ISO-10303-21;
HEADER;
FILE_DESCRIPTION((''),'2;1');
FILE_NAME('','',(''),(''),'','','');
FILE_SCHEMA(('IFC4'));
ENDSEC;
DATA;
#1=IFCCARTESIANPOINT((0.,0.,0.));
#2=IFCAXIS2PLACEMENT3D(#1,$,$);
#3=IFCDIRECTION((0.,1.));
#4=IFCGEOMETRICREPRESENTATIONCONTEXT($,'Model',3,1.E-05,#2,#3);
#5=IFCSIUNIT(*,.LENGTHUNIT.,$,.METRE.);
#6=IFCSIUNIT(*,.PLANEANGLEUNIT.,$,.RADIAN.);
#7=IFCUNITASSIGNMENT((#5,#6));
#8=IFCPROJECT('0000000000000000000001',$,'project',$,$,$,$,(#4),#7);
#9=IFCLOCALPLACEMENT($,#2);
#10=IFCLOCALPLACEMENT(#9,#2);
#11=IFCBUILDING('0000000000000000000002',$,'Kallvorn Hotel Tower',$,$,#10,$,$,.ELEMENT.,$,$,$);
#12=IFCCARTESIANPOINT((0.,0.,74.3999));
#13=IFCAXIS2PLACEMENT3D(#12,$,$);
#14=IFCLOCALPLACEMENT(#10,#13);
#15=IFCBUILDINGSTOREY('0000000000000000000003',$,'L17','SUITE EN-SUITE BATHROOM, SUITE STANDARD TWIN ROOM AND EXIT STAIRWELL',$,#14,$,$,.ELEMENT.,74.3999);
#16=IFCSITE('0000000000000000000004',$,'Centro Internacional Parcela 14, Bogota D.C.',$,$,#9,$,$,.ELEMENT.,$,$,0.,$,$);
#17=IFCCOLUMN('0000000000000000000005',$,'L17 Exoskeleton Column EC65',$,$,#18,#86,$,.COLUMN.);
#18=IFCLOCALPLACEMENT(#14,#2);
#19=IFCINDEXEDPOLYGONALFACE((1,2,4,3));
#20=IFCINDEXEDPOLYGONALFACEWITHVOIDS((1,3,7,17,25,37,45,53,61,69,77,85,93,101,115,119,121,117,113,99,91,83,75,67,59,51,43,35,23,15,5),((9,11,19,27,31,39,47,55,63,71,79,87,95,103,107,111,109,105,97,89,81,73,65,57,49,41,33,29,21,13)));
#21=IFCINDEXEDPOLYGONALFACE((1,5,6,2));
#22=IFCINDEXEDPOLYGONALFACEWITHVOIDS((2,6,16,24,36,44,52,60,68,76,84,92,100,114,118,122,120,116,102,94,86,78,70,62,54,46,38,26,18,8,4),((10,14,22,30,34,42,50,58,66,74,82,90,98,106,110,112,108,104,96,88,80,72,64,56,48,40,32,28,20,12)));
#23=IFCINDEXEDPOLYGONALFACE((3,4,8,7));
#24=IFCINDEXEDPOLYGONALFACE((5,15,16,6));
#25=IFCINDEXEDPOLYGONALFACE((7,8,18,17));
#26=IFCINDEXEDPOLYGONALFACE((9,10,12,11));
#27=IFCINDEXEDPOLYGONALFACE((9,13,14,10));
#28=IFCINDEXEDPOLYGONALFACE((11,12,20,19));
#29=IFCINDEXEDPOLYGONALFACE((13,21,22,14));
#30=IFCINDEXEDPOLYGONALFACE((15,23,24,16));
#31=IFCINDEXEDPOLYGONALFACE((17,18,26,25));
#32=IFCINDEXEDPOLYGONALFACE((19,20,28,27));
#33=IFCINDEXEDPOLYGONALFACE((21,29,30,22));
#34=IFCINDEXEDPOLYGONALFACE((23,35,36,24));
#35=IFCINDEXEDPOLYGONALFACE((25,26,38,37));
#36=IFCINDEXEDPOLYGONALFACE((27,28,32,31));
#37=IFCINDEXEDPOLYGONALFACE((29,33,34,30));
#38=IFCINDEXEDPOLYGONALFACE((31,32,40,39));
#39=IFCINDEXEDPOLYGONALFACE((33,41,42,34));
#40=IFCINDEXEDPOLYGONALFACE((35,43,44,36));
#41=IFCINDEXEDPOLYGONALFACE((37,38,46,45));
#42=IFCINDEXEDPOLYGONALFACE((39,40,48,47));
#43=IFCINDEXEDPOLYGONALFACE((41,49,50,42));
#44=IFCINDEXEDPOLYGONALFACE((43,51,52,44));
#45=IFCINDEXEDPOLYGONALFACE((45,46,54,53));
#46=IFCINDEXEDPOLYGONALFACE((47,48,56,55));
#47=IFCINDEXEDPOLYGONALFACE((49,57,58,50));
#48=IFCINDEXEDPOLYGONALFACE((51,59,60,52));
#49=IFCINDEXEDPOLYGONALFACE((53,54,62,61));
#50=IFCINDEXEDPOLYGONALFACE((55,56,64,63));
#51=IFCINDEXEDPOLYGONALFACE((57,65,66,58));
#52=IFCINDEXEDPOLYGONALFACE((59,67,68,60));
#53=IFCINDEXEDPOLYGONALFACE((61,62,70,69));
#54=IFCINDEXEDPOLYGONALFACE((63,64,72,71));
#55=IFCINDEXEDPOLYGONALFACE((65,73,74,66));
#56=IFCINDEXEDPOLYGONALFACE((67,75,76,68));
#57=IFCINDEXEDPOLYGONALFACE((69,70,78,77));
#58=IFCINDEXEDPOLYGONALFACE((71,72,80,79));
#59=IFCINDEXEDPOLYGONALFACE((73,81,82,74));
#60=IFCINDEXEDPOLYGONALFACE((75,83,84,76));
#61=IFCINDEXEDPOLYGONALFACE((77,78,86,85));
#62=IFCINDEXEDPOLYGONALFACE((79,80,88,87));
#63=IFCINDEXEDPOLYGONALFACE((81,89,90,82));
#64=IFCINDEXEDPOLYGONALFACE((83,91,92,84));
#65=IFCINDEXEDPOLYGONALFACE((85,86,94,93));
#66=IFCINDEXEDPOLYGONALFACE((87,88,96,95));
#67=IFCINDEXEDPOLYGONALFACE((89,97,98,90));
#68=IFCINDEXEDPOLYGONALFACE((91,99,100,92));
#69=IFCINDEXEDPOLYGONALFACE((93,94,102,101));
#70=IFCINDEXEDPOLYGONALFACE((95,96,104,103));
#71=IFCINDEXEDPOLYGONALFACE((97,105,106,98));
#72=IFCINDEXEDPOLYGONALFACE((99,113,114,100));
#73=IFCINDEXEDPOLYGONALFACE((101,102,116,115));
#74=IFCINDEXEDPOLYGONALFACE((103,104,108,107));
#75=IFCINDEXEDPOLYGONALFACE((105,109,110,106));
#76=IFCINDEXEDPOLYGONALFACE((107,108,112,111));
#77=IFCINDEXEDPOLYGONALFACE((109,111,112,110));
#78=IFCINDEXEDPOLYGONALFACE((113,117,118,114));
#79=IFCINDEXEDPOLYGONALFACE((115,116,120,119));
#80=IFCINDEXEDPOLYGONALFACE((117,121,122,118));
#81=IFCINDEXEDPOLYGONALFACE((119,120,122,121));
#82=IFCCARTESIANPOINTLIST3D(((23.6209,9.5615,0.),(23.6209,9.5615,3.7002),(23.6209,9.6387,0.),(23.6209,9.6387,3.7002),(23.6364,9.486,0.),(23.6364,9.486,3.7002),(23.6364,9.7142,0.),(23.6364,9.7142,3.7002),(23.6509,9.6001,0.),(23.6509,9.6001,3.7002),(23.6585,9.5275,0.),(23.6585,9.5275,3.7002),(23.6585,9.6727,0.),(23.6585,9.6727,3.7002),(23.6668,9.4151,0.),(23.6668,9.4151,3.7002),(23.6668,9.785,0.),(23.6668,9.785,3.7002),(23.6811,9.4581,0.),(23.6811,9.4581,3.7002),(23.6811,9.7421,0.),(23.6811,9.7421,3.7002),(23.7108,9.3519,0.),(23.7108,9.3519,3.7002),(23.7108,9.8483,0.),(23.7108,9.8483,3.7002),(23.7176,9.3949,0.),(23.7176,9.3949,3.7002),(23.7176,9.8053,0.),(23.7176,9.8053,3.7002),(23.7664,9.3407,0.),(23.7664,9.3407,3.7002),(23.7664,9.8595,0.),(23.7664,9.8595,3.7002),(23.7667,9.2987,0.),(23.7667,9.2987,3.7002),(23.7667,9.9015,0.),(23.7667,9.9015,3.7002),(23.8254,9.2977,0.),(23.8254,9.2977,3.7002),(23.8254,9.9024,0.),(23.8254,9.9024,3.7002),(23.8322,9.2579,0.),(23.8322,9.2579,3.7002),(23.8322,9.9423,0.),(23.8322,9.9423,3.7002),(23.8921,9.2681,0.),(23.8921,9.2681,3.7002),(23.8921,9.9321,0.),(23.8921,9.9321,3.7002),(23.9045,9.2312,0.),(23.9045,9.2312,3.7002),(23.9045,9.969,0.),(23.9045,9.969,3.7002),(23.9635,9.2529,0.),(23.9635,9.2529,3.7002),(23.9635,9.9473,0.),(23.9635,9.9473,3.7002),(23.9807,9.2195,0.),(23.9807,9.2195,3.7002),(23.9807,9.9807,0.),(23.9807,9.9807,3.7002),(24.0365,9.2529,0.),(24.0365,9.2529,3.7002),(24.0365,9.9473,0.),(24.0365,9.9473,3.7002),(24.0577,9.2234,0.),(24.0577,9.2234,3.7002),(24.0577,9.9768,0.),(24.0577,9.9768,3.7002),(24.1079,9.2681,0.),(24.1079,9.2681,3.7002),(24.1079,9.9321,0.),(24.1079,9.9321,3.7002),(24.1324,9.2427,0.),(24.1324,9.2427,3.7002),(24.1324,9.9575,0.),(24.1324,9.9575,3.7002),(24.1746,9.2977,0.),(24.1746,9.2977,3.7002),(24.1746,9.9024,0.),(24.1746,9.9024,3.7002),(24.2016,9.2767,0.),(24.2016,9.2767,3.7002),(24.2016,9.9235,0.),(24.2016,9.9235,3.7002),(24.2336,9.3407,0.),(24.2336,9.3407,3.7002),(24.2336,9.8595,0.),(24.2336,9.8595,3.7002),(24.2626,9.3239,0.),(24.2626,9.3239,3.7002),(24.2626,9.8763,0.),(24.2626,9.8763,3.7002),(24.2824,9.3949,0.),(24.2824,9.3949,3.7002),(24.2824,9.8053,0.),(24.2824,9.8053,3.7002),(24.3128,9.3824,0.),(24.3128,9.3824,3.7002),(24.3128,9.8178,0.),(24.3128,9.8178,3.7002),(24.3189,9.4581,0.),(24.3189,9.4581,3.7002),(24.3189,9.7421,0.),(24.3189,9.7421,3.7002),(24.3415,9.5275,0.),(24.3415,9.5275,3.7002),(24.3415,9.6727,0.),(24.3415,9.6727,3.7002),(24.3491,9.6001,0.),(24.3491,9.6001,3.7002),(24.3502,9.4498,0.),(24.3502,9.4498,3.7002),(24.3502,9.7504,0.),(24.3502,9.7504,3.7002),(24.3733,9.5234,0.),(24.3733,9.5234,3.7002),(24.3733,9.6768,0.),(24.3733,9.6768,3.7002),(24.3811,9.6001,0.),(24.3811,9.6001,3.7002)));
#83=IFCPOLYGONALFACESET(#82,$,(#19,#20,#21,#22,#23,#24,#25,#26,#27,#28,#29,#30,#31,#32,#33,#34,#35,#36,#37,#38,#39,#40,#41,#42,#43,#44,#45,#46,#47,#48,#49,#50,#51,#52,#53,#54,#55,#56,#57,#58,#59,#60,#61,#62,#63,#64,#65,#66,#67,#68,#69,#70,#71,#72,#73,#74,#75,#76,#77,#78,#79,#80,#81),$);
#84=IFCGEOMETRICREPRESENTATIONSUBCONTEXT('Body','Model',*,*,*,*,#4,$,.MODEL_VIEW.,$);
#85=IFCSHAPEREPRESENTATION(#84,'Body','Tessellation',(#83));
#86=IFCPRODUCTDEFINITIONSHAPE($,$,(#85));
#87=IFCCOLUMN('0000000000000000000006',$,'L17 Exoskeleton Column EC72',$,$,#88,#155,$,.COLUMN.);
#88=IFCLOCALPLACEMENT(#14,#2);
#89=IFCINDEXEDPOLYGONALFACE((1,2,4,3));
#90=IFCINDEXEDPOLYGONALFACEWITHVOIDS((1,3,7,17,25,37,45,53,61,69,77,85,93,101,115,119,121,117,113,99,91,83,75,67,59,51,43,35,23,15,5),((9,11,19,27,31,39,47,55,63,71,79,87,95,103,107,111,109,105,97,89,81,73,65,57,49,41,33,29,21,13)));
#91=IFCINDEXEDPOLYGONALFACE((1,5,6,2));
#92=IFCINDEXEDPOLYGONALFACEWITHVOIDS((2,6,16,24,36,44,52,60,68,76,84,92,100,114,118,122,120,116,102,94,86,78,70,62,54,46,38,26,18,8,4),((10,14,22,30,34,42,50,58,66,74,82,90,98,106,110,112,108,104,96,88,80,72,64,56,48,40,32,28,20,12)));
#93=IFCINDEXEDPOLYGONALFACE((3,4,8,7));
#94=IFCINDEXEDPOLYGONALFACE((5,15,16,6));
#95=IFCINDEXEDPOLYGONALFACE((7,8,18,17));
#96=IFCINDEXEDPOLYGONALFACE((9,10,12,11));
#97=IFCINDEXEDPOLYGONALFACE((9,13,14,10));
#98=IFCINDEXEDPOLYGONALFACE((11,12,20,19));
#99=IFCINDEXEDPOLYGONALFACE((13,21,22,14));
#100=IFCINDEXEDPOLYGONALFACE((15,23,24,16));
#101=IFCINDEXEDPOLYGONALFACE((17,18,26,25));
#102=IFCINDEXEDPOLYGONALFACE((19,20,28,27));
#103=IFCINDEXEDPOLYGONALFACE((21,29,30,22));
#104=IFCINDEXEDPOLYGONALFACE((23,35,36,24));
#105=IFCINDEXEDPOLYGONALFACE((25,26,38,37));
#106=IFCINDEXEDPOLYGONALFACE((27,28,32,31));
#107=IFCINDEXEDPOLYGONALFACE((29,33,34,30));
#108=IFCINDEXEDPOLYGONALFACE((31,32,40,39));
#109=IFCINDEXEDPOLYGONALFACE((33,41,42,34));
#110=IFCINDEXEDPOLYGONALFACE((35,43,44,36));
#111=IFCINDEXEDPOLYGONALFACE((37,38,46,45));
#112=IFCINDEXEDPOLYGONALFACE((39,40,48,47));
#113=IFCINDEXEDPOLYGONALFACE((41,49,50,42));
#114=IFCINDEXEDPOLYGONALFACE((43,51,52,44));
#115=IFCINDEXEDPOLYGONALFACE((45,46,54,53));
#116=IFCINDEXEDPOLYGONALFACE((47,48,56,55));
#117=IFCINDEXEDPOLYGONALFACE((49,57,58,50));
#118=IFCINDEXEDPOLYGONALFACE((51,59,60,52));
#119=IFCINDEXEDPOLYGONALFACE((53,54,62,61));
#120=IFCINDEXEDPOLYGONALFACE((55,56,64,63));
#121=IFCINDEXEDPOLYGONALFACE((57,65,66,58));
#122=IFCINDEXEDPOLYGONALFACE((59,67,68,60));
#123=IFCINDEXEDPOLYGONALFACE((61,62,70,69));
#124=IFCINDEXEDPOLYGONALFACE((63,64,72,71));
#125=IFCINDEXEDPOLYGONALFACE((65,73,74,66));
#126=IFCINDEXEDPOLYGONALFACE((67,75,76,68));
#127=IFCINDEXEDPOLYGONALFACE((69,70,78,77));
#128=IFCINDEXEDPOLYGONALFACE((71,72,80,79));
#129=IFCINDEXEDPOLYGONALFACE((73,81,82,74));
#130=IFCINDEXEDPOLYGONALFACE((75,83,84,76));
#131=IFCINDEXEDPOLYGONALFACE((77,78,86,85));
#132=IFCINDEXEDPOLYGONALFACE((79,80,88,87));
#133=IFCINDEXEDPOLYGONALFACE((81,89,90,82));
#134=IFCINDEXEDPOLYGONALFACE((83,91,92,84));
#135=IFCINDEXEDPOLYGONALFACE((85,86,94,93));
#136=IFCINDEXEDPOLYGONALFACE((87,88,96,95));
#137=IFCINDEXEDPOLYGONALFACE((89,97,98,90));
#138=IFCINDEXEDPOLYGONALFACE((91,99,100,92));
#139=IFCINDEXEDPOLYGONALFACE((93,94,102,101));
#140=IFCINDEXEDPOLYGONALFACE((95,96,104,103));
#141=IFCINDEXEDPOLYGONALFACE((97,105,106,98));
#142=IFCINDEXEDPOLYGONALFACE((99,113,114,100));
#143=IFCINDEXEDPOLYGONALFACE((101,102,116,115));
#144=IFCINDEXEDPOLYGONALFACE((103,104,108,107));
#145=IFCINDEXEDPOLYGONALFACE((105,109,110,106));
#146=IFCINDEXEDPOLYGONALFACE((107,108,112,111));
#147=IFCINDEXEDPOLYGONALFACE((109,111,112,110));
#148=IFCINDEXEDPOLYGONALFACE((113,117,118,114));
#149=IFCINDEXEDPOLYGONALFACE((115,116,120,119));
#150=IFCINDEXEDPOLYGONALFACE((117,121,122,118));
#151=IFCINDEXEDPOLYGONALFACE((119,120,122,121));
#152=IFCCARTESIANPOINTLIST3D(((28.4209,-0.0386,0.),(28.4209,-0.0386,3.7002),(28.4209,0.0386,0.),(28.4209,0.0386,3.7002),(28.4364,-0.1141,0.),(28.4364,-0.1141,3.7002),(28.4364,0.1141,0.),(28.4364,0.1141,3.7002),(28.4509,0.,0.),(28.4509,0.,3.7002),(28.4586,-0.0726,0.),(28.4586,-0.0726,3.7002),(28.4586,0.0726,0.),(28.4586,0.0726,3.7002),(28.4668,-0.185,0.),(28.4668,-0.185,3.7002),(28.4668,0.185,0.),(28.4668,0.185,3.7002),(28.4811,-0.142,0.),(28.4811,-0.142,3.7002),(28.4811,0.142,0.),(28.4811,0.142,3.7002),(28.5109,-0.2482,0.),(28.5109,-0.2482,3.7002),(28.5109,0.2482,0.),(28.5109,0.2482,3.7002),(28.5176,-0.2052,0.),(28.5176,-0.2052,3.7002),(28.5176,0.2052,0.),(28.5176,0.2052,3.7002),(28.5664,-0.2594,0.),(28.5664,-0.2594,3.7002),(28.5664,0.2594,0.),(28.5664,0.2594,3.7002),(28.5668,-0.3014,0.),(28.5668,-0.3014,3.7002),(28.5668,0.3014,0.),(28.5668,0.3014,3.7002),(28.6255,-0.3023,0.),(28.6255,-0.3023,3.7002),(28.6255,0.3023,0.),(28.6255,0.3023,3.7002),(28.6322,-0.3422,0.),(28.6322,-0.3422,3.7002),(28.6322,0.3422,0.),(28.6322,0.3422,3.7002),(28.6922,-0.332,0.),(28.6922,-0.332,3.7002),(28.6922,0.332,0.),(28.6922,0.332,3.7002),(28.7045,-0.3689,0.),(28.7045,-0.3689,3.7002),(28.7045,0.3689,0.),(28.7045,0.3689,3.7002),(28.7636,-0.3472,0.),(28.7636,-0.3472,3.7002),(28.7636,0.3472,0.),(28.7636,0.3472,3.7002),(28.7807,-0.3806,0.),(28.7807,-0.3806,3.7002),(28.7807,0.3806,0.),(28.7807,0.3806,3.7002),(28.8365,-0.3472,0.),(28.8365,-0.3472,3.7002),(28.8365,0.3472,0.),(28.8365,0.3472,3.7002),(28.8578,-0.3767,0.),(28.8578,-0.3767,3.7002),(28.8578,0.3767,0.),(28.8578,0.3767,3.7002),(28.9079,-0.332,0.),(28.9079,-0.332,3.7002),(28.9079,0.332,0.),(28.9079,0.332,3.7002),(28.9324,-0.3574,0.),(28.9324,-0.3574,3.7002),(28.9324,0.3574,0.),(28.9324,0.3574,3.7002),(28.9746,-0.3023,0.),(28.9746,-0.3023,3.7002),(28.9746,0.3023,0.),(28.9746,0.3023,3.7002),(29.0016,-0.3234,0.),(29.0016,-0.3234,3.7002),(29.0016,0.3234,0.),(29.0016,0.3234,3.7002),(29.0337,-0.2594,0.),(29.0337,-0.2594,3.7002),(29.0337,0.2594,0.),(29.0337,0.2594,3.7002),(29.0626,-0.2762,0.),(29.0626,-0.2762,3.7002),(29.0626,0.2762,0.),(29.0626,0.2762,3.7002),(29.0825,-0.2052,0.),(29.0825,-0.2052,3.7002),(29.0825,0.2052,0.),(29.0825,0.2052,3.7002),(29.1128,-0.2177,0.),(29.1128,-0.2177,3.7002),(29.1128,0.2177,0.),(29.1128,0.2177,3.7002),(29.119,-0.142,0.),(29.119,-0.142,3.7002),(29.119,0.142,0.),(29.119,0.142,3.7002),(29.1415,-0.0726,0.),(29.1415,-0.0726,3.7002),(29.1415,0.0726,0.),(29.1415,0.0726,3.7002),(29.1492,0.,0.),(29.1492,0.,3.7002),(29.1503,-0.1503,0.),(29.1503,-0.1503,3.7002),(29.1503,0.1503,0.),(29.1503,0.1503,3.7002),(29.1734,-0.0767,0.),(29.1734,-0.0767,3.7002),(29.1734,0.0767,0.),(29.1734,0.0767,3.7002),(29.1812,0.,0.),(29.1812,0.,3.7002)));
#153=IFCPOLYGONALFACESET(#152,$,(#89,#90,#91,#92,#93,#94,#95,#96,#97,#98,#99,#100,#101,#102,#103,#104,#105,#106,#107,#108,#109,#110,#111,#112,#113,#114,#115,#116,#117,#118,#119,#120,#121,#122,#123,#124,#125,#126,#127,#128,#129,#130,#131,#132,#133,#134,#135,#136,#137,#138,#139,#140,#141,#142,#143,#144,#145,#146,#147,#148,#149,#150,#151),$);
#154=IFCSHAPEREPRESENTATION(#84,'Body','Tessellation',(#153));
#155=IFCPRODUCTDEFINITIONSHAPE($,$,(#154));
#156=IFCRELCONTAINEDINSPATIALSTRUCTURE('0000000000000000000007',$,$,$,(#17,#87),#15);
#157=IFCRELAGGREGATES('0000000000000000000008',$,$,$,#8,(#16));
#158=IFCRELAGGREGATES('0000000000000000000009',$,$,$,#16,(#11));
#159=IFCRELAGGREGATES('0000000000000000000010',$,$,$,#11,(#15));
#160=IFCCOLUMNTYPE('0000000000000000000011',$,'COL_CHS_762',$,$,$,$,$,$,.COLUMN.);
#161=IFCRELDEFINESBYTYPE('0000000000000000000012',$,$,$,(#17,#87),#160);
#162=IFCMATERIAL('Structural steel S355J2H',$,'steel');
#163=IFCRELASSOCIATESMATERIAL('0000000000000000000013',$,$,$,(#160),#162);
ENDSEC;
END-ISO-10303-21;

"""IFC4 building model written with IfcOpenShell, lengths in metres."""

from ifc_helpers import new_model, si_unit, direction, frame, origin, origin_2d, place, context, subcontext, project, spatial, hollow_circle, extrude, material, material_profile, profile_set, type_object, element, save


model = new_model("IFC4")

# Units and contexts
model_context = context("Model", 3, precision=1e-05, world=origin(), true_north=direction((0.0, 1.0)))
body_context = subcontext(model_context, "Body", "Model", "MODEL_VIEW")
ifc_project = project(units=[si_unit("LENGTHUNIT", "METRE"), si_unit("PLANEANGLEUNIT", "RADIAN")], contexts=[model_context])

# Site, building, storey
site_placement = place(None, origin())
site = spatial("IfcSite", under=ifc_project, at=site_placement, Name="Centro Internacional Parcela 14, Bogota D.C.", CompositionType="ELEMENT", RefElevation=0.0)
building_placement = place(site_placement, origin())
building = spatial("IfcBuilding", under=site, at=building_placement, Name="Kallvorn Hotel Tower", CompositionType="ELEMENT")
storey_placement = place(building_placement, frame((0.0, 0.0, 74.3999)))
storey = spatial("IfcBuildingStorey", under=building, at=storey_placement, Name="L17", Description="SUITE EN-SUITE BATHROOM, SUITE STANDARD TWIN ROOM AND EXIT STAIRWELL", CompositionType="ELEMENT", Elevation=74.3999)

# Columns
ifc_material_1 = material(Name="Structural steel S355J2H", Category="steel")
ifc_material_profile_1 = material_profile(ifc_material_1, hollow_circle(Radius=0.3811, WallThickness=0.032, at=origin_2d()), Name="CHS 762x32")
ifc_profile_set_1 = profile_set([ifc_material_profile_1], Name="Structural steel S355J2H")
column_type_1 = type_object("IfcColumnType", Name="COL_CHS_762", PredefinedType="COLUMN", material=ifc_profile_set_1)
for number, where, z_axis, x_axis, name in (
    (1, (24.0, 9.6001, 0.0), (0.0, 0.0, 1.0), (1.0, 0.0, 0.0), "L17 Exoskeleton Column EC65"),
    (2, (28.8, 0.0, 0.0), (0.0, 0.0, 1.0), (1.0, 0.0, 0.0), "L17 Exoskeleton Column EC72"),
):
    element("IfcColumn", number, at=place(storey_placement, frame(where, z_axis=z_axis, x_axis=x_axis)), inside=storey, type_object=column_type_1, Name=name, PredefinedType="COLUMN", context=body_context, shape_type="SweptSolid", body=[
        extrude(hollow_circle(Radius=0.3811, WallThickness=0.032, at=origin_2d()), origin(), (0.0, 0.0, 1.0), 3.7002),
    ])

save(model, "model.ifc")
